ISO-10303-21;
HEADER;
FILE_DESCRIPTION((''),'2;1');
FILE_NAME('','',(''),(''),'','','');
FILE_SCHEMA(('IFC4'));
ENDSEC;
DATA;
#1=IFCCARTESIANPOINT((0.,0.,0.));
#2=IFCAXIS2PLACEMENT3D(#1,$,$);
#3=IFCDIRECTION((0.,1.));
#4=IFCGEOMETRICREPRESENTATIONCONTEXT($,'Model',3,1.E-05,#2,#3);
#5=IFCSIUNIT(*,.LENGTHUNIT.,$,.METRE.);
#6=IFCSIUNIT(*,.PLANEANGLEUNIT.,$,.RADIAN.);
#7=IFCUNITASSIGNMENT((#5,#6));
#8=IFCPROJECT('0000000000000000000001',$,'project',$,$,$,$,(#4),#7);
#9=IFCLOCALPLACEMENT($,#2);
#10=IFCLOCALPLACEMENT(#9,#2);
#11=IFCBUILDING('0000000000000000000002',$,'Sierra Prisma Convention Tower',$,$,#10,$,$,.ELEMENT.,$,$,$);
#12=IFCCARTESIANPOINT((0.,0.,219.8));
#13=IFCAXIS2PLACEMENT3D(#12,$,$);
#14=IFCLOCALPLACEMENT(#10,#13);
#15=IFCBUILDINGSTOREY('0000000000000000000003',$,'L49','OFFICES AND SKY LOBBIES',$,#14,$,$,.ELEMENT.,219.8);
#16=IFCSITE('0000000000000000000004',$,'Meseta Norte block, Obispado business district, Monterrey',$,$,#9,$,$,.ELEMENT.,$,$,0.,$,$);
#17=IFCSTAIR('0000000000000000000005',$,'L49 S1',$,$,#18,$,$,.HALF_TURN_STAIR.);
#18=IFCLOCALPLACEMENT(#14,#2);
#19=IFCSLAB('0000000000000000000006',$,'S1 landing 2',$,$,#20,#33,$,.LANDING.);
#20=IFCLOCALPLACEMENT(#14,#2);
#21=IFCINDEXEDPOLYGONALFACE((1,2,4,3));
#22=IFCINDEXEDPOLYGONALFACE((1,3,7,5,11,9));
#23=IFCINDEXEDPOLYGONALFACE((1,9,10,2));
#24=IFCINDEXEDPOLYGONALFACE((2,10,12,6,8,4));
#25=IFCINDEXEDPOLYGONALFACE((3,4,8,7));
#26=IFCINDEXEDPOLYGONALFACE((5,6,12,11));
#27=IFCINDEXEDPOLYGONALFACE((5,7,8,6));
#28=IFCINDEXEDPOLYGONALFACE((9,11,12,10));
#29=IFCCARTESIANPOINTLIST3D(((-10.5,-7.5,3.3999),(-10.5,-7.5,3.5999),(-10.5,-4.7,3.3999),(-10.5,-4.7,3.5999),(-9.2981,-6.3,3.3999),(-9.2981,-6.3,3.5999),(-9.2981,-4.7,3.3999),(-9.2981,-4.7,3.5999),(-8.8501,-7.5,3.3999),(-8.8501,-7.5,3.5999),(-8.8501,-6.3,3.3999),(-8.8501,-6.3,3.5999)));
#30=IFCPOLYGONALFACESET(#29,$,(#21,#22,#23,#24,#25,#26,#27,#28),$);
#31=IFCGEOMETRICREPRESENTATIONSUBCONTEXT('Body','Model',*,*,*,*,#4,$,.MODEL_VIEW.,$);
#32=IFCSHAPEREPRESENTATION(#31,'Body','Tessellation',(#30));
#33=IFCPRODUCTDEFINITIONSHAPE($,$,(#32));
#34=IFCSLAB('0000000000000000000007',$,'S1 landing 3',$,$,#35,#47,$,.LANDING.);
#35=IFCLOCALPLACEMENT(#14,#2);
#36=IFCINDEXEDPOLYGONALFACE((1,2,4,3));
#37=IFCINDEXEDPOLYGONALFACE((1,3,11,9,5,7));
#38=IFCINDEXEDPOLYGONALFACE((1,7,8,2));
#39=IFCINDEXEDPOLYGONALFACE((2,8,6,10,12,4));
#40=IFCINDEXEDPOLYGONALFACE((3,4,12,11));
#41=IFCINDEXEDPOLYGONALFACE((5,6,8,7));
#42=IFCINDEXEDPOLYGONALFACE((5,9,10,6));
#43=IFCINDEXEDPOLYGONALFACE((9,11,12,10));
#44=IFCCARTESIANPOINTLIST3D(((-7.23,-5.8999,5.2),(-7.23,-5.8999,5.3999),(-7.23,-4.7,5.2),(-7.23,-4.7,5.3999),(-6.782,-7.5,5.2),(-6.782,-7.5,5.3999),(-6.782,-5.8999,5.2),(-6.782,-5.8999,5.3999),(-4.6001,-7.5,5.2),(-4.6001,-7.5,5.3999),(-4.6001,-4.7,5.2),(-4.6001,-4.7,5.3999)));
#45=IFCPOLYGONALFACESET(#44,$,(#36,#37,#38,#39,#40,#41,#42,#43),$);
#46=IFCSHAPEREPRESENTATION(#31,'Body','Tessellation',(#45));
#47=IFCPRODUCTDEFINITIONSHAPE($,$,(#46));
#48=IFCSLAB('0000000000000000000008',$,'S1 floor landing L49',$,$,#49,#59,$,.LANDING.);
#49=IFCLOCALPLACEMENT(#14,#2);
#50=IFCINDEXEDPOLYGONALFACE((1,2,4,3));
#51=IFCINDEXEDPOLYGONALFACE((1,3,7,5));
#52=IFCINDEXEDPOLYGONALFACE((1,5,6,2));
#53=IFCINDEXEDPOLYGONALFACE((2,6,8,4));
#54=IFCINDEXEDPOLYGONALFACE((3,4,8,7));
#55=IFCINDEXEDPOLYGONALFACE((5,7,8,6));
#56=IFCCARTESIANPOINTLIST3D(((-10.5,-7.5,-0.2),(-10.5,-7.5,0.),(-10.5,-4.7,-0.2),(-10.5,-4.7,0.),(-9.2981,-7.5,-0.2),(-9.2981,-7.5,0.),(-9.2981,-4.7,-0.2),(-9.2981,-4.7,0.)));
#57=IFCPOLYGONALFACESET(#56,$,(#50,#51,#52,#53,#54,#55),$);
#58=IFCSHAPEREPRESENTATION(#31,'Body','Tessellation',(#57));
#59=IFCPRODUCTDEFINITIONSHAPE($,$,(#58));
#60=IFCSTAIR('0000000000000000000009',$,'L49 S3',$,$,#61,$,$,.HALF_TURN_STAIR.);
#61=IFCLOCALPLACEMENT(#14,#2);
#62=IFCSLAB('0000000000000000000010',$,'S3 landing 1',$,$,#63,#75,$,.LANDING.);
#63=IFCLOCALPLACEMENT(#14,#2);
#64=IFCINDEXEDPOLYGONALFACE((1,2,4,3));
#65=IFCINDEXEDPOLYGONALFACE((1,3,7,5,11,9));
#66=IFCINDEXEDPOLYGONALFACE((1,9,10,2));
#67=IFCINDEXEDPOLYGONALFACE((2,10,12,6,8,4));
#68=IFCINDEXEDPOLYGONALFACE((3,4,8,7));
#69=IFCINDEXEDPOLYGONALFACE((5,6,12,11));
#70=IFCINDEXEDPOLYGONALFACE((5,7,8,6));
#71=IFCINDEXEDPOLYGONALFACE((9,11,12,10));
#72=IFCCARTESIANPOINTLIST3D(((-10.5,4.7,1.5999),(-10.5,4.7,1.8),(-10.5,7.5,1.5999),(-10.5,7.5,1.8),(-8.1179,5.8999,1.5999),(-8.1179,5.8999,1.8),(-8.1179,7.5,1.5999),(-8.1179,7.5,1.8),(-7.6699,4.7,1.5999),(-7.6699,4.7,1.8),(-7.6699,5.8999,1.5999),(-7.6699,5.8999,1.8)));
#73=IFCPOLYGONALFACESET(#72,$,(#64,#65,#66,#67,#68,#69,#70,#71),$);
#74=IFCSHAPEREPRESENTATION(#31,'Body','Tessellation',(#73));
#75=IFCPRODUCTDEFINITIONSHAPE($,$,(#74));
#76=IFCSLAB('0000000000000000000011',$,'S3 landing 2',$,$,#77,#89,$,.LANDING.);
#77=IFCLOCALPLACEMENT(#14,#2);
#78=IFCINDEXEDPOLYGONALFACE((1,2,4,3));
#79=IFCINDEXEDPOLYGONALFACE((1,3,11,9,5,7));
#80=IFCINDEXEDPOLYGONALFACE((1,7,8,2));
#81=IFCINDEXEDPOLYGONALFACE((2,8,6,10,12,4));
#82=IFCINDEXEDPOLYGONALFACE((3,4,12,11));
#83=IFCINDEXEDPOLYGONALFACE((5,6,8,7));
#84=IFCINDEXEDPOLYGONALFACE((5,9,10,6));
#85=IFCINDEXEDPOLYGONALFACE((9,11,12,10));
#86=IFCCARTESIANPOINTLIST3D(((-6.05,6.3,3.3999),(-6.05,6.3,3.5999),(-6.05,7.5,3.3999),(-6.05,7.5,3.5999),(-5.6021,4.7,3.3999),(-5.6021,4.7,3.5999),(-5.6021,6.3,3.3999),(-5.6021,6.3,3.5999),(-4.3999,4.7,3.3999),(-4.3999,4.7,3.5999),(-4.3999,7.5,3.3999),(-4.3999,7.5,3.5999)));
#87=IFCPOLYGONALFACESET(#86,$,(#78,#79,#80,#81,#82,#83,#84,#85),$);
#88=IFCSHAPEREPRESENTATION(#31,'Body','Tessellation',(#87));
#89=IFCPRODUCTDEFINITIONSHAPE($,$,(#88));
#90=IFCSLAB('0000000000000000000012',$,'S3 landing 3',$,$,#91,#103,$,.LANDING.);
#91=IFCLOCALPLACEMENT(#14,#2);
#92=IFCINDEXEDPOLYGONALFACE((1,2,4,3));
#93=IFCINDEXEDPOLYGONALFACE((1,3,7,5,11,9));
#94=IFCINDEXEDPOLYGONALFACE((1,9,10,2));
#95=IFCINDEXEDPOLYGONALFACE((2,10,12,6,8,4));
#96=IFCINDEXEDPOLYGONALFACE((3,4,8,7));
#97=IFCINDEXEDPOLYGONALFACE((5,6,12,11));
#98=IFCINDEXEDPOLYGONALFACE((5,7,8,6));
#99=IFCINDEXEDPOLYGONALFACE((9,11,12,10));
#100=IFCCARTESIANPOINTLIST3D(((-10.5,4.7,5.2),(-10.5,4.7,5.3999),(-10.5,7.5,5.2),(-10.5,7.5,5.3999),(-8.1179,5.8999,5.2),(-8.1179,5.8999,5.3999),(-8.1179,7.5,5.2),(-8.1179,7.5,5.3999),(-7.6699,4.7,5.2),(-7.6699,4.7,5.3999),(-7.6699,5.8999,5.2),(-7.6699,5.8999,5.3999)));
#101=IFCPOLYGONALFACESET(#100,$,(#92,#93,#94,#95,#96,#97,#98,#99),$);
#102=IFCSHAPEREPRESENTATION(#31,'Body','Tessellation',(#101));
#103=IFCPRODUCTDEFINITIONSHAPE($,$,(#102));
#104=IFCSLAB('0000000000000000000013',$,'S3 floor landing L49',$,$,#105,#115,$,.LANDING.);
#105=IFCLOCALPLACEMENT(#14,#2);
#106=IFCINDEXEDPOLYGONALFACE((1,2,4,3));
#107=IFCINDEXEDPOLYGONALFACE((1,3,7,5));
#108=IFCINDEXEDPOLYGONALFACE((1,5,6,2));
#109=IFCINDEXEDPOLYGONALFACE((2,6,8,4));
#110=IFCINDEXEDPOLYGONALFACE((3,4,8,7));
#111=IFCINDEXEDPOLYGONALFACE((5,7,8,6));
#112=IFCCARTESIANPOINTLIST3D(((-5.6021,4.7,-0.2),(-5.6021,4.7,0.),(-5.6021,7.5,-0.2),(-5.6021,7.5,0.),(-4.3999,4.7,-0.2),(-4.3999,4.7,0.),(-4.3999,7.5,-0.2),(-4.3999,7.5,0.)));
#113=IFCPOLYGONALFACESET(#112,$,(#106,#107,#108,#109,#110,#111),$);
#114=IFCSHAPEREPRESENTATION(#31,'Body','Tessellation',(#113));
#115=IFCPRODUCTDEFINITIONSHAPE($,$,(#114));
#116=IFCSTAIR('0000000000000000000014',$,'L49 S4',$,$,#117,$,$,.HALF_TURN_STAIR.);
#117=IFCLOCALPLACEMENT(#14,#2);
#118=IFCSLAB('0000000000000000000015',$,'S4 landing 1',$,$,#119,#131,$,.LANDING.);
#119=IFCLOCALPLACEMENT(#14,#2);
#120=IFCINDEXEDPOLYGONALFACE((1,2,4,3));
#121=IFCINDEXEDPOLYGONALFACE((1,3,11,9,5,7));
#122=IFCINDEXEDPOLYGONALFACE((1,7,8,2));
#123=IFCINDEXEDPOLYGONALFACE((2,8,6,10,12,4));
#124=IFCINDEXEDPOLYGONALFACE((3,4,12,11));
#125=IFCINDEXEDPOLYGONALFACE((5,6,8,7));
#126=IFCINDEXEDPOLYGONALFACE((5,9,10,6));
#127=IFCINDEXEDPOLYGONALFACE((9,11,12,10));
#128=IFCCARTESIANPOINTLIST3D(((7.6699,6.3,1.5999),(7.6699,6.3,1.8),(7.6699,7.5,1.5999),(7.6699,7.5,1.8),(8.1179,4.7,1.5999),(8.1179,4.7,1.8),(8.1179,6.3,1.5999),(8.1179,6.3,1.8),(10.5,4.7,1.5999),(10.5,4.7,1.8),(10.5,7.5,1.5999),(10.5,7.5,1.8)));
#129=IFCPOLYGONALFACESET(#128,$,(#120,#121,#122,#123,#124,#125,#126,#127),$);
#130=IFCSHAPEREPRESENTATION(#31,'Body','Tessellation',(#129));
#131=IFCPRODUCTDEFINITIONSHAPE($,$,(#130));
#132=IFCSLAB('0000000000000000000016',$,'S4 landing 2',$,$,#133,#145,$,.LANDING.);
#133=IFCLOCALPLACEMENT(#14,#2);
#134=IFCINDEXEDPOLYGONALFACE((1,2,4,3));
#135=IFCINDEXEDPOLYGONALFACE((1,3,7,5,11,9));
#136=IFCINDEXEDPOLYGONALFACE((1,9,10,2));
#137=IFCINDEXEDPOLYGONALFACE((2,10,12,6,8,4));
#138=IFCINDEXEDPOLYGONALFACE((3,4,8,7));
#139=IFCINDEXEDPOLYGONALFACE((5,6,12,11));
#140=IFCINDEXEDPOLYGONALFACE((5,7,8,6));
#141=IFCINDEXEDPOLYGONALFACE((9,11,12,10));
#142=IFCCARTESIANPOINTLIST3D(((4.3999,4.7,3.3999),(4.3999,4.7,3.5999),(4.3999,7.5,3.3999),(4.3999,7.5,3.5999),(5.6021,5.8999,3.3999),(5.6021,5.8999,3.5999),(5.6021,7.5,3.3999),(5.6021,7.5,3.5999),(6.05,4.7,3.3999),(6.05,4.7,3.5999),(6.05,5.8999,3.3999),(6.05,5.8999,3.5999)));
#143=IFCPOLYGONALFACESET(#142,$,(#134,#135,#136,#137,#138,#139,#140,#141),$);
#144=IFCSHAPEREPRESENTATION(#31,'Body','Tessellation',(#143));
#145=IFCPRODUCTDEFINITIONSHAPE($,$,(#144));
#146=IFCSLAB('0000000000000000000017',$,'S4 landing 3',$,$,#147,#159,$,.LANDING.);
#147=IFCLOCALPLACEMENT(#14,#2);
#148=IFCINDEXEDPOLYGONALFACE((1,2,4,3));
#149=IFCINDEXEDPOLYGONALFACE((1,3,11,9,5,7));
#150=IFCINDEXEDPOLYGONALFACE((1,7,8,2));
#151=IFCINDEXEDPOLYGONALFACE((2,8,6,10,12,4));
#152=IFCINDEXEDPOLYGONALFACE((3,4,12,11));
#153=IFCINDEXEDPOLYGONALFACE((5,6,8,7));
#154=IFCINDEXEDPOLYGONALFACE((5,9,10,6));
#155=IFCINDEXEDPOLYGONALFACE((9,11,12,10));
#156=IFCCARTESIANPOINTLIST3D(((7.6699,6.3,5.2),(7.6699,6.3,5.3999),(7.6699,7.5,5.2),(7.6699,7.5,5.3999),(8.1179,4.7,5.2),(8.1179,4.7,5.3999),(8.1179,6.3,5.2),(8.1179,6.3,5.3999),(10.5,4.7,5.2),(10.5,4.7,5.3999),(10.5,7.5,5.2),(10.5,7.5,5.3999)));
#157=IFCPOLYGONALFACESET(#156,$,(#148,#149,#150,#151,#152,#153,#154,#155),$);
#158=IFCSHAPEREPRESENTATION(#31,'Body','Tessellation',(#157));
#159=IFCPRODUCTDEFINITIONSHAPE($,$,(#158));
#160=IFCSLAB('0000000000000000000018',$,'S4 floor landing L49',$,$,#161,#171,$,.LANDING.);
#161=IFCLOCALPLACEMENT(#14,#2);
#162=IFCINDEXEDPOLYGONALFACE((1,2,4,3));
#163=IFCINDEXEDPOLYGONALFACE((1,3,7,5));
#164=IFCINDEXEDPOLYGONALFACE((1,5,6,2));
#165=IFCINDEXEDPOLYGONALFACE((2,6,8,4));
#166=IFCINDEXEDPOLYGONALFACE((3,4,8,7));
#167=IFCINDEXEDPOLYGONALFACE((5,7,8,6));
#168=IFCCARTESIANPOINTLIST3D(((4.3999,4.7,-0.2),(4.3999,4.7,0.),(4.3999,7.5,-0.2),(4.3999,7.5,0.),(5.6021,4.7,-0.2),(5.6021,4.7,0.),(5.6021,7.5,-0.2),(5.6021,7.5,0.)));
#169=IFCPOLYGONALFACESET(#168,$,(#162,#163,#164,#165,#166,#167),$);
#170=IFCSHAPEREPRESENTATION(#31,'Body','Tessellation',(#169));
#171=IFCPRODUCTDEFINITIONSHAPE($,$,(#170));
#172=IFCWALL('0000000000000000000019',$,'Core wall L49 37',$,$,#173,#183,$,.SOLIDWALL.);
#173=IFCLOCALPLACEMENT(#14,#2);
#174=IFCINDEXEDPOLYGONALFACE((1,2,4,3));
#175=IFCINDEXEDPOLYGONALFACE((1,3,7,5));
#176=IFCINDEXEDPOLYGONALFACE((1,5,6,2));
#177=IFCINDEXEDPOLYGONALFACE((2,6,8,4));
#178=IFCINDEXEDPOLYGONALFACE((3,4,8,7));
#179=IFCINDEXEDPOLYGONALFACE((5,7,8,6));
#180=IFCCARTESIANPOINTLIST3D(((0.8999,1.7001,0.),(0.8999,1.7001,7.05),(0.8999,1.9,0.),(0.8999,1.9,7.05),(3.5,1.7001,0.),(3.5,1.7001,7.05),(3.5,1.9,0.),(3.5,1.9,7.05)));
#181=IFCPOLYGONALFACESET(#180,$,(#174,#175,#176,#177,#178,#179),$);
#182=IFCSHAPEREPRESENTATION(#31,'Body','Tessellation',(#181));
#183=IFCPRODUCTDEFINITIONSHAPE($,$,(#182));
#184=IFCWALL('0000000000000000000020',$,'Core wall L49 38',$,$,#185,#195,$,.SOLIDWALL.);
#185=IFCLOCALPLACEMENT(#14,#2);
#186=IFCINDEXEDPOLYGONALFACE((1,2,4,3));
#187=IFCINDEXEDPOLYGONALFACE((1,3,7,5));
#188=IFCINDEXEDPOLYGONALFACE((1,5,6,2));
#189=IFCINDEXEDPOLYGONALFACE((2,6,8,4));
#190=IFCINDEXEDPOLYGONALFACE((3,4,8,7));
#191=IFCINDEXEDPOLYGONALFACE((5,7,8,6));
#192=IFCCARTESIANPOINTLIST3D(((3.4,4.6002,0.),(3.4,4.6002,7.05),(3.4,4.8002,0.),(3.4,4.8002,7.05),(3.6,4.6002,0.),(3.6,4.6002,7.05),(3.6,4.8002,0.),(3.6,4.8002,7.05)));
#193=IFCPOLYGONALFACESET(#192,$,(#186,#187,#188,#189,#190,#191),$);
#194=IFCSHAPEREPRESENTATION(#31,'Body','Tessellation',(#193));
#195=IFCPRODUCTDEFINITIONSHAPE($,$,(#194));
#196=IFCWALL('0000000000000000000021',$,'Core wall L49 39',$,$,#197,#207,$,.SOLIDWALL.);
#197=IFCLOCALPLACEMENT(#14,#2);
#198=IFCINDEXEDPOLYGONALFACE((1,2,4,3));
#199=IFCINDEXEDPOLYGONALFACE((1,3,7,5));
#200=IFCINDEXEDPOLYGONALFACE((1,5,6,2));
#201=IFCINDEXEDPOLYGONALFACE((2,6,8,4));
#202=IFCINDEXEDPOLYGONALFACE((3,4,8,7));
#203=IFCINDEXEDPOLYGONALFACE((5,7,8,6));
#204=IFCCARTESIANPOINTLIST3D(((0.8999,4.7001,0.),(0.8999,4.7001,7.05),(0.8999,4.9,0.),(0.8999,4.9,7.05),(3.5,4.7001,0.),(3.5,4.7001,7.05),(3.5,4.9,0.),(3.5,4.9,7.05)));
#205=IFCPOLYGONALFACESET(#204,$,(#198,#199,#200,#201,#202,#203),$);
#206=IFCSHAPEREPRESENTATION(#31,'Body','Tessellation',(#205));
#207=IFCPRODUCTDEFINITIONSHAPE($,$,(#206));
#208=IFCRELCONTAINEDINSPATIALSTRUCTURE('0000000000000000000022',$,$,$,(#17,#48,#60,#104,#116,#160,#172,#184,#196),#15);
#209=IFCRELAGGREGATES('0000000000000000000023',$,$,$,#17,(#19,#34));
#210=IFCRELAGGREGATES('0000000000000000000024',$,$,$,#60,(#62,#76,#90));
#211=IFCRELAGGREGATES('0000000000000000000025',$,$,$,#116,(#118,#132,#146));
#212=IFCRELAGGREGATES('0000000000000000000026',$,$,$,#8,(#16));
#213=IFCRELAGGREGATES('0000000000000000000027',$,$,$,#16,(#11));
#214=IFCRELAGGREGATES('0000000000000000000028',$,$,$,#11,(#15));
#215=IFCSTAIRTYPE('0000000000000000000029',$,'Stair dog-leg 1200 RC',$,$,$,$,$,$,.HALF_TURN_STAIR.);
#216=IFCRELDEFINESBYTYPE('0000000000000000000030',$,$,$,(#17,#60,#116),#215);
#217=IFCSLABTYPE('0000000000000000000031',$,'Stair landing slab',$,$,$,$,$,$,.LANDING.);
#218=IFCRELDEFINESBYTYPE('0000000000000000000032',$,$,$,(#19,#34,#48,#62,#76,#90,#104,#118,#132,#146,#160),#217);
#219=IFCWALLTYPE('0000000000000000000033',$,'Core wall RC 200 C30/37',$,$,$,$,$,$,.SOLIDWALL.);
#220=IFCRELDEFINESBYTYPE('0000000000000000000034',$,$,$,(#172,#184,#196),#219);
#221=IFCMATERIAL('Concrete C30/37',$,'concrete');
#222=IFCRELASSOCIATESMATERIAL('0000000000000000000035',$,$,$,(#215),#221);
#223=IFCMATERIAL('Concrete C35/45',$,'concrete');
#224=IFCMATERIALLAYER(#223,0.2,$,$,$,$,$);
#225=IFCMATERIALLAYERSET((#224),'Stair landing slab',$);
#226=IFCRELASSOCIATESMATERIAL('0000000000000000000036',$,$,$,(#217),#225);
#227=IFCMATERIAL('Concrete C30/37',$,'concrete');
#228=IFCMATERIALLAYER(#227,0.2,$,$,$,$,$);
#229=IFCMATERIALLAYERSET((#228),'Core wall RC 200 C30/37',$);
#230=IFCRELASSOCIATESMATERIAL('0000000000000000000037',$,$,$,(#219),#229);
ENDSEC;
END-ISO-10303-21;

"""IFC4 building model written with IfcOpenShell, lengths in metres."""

from ifc_helpers import new_model, si_unit, direction, frame, frame_2d, origin, place, context, subcontext, project, spatial, polyline, rectangle, outline, extrude, material, layer, layer_set, type_object, element, aggregate, save


model = new_model("IFC4")

# Units and contexts
model_context = context("Model", 3, precision=1e-05, world=origin(), true_north=direction((0.0, 1.0)))
body_context = subcontext(model_context, "Body", "Model", "MODEL_VIEW")
ifc_project = project(units=[si_unit("LENGTHUNIT", "METRE"), si_unit("PLANEANGLEUNIT", "RADIAN")], contexts=[model_context])

# Site, building, storey
site_placement = place(None, origin())
site = spatial("IfcSite", under=ifc_project, at=site_placement, Name="Meseta Norte block, Obispado business district, Monterrey", CompositionType="ELEMENT", RefElevation=0.0)
building_placement = place(site_placement, origin())
building = spatial("IfcBuilding", under=site, at=building_placement, Name="Sierra Prisma Convention Tower", CompositionType="ELEMENT")
storey_placement = place(building_placement, frame((0.0, 0.0, 219.8)))
storey = spatial("IfcBuildingStorey", under=building, at=storey_placement, Name="L49", Description="OFFICES AND SKY LOBBIES", CompositionType="ELEMENT", Elevation=219.8)

# Stair, slabs
ifc_material_1 = material(Name="Concrete C30/37", Category="concrete")
stair_type = type_object("IfcStairType", Name="Stair dog-leg 1200 RC", PredefinedType="HALF_TURN_STAIR", material=ifc_material_1)
stair_1_placement = place(storey_placement, origin())
stair_1 = element("IfcStair", 1, at=stair_1_placement, inside=storey, type_object=stair_type, Name="L49 S1", PredefinedType="HALF_TURN_STAIR")
ifc_material_2 = material(Name="Concrete C35/45", Category="concrete")
ifc_layer_1 = layer(ifc_material_2, 0.2)
ifc_layer_set_1 = layer_set([ifc_layer_1], Name="Stair landing slab")
slab_type = type_object("IfcSlabType", Name="Stair landing slab", PredefinedType="LANDING", material=ifc_layer_set_1)
slab_1_placement = place(storey_placement, frame((0.0, 0.0, 3.3999)))
slab_1 = element("IfcSlab", 2, at=slab_1_placement, type_object=slab_type, Name="S1 landing 2", PredefinedType="LANDING", context=body_context, shape_type="SweptSolid", body=[
    extrude(outline(polyline([(-10.5, -7.5), (-10.5, -4.7), (-9.2981, -4.7), (-9.2981, -6.3), (-8.8501, -6.3), (-8.8501, -7.5), (-10.5, -7.5)])), origin(), (0.0, 0.0, 1.0), 0.2),
])
slab_2_placement = place(storey_placement, frame((0.0, 0.0, 5.2)))
slab_2 = element("IfcSlab", 3, at=slab_2_placement, type_object=slab_type, Name="S1 landing 3", PredefinedType="LANDING", context=body_context, shape_type="SweptSolid", body=[
    extrude(outline(polyline([(-4.6001, -4.7), (-4.6001, -7.5), (-6.782, -7.5), (-6.782, -5.8999), (-7.23, -5.8999), (-7.23, -4.7), (-4.6001, -4.7)])), origin(), (0.0, 0.0, 1.0), 0.2),
])
aggregate(stair_1, [slab_1, slab_2])

# Slab
slab_3_placement = place(storey_placement, frame((0.0, 0.0, -0.2)))
element("IfcSlab", 4, at=slab_3_placement, inside=storey, type_object=slab_type, Name="S1 floor landing L49", PredefinedType="LANDING", context=body_context, shape_type="SweptSolid", body=[
    extrude(outline(polyline([(-10.5, -7.5), (-9.2981, -7.5), (-9.2981, -4.7), (-10.5, -4.7), (-10.5, -7.5)])), origin(), (0.0, 0.0, 1.0), 0.2),
])

# Stair, slabs
stair_2_placement = place(storey_placement, origin())
stair_2 = element("IfcStair", 5, at=stair_2_placement, inside=storey, type_object=stair_type, Name="L49 S3", PredefinedType="HALF_TURN_STAIR")
slab_4_placement = place(storey_placement, frame((0.0, 0.0, 1.5999)))
slab_4 = element("IfcSlab", 6, at=slab_4_placement, type_object=slab_type, Name="S3 landing 1", PredefinedType="LANDING", context=body_context, shape_type="SweptSolid", body=[
    extrude(outline(polyline([(-7.6699, 5.8999), (-7.6699, 4.7), (-10.5, 4.7), (-10.5, 7.5), (-8.1179, 7.5), (-8.1179, 5.8999), (-7.6699, 5.8999)])), origin(), (0.0, 0.0, 1.0), 0.2002),
])
slab_5_placement = place(storey_placement, frame((0.0, 0.0, 3.3999)))
slab_5 = element("IfcSlab", 7, at=slab_5_placement, type_object=slab_type, Name="S3 landing 2", PredefinedType="LANDING", context=body_context, shape_type="SweptSolid", body=[
    extrude(outline(polyline([(-4.3999, 7.5), (-4.3999, 4.7), (-5.6021, 4.7), (-5.6021, 6.3), (-6.05, 6.3), (-6.05, 7.5), (-4.3999, 7.5)])), origin(), (0.0, 0.0, 1.0), 0.2),
])
slab_6_placement = place(storey_placement, frame((0.0, 0.0, 5.2)))
slab_6 = element("IfcSlab", 8, at=slab_6_placement, type_object=slab_type, Name="S3 landing 3", PredefinedType="LANDING", context=body_context, shape_type="SweptSolid", body=[
    extrude(outline(polyline([(-7.6699, 5.8999), (-7.6699, 4.7), (-10.5, 4.7), (-10.5, 7.5), (-8.1179, 7.5), (-8.1179, 5.8999), (-7.6699, 5.8999)])), origin(), (0.0, 0.0, 1.0), 0.2),
])
aggregate(stair_2, [slab_4, slab_5, slab_6])

# Slab
slab_7_placement = place(storey_placement, frame((0.0, 0.0, -0.2)))
element("IfcSlab", 9, at=slab_7_placement, inside=storey, type_object=slab_type, Name="S3 floor landing L49", PredefinedType="LANDING", context=body_context, shape_type="SweptSolid", body=[
    extrude(outline(polyline([(-4.3999, 7.5), (-5.6021, 7.5), (-5.6021, 4.7), (-4.3999, 4.7), (-4.3999, 7.5)])), origin(), (0.0, 0.0, 1.0), 0.2),
])

# Stair, slabs
stair_3_placement = place(storey_placement, origin())
stair_3 = element("IfcStair", 10, at=stair_3_placement, inside=storey, type_object=stair_type, Name="L49 S4", PredefinedType="HALF_TURN_STAIR")
slab_8_placement = place(storey_placement, frame((0.0, 0.0, 1.5999)))
slab_8 = element("IfcSlab", 11, at=slab_8_placement, type_object=slab_type, Name="S4 landing 1", PredefinedType="LANDING", context=body_context, shape_type="SweptSolid", body=[
    extrude(outline(polyline([(10.5, 7.5), (10.5, 4.7), (8.1179, 4.7), (8.1179, 6.3), (7.6699, 6.3), (7.6699, 7.5), (10.5, 7.5)])), origin(), (0.0, 0.0, 1.0), 0.2002),
])
slab_9_placement = place(storey_placement, frame((0.0, 0.0, 3.3999)))
slab_9 = element("IfcSlab", 12, at=slab_9_placement, type_object=slab_type, Name="S4 landing 2", PredefinedType="LANDING", context=body_context, shape_type="SweptSolid", body=[
    extrude(outline(polyline([(4.3999, 4.7), (4.3999, 7.5), (5.6021, 7.5), (5.6021, 5.8999), (6.05, 5.8999), (6.05, 4.7), (4.3999, 4.7)])), origin(), (0.0, 0.0, 1.0), 0.2),
])
slab_10_placement = place(storey_placement, frame((0.0, 0.0, 5.2)))
slab_10 = element("IfcSlab", 13, at=slab_10_placement, type_object=slab_type, Name="S4 landing 3", PredefinedType="LANDING", context=body_context, shape_type="SweptSolid", body=[
    extrude(outline(polyline([(10.5, 7.5), (10.5, 4.7), (8.1179, 4.7), (8.1179, 6.3), (7.6699, 6.3), (7.6699, 7.5), (10.5, 7.5)])), origin(), (0.0, 0.0, 1.0), 0.2),
])

# Slab
slab_11_placement = place(storey_placement, frame((0.0, 0.0, -0.2)))
element("IfcSlab", 14, at=slab_11_placement, inside=storey, type_object=slab_type, Name="S4 floor landing L49", PredefinedType="LANDING", context=body_context, shape_type="SweptSolid", body=[
    extrude(outline(polyline([(4.3999, 4.7), (5.6021, 4.7), (5.6021, 7.5), (4.3999, 7.5), (4.3999, 4.7)])), origin(), (0.0, 0.0, 1.0), 0.2),
])

# Shared definitions
ifc_material_3 = material(Name="Concrete C30/37", Category="concrete")
ifc_layer_2 = layer(ifc_material_3, 0.2)
ifc_layer_set_2 = layer_set([ifc_layer_2], Name="Core wall RC 200 C30/37")
wall_type = type_object("IfcWallType", Name="Core wall RC 200 C30/37", PredefinedType="SOLIDWALL", material=ifc_layer_set_2)

# Walls
wall_1_placement = place(storey_placement, frame((3.5, 1.8, 0.0), z_axis=(0.0, 0.0, 1.0), x_axis=(-1.0, 0.0, 0.0)))
element("IfcWall", 15, at=wall_1_placement, inside=storey, type_object=wall_type, Name="Core wall L49 37", PredefinedType="SOLIDWALL", context=body_context, shape_type="SweptSolid", body=[
    extrude(rectangle(XDim=2.6001, YDim=0.2, at=frame_2d((1.3, 0.0))), origin(), (0.0, 0.0, 1.0), 7.05),
])
wall_2_placement = place(storey_placement, frame((3.5, 4.6001, 0.0), z_axis=(0.0, 0.0, 1.0), x_axis=(0.0, 1.0, 0.0)))
element("IfcWall", 16, at=wall_2_placement, inside=storey, type_object=wall_type, Name="Core wall L49 38", PredefinedType="SOLIDWALL", context=body_context, shape_type="SweptSolid", body=[
    extrude(rectangle(XDim=0.2, YDim=0.2, at=frame_2d((0.1001, 0.0))), origin(), (0.0, 0.0, 1.0), 7.05),
])
wall_3_placement = place(storey_placement, frame((3.5, 4.8, 0.0), z_axis=(0.0, 0.0, 1.0), x_axis=(-1.0, 0.0, 0.0)))
element("IfcWall", 17, at=wall_3_placement, inside=storey, type_object=wall_type, Name="Core wall L49 39", PredefinedType="SOLIDWALL", context=body_context, shape_type="SweptSolid", body=[
    extrude(rectangle(XDim=2.6001, YDim=0.2, at=frame_2d((1.3, 0.0))), origin(), (0.0, 0.0, 1.0), 7.05),
])

aggregate(stair_3, [slab_8, slab_9, slab_10])

save(model, "model.ifc")
